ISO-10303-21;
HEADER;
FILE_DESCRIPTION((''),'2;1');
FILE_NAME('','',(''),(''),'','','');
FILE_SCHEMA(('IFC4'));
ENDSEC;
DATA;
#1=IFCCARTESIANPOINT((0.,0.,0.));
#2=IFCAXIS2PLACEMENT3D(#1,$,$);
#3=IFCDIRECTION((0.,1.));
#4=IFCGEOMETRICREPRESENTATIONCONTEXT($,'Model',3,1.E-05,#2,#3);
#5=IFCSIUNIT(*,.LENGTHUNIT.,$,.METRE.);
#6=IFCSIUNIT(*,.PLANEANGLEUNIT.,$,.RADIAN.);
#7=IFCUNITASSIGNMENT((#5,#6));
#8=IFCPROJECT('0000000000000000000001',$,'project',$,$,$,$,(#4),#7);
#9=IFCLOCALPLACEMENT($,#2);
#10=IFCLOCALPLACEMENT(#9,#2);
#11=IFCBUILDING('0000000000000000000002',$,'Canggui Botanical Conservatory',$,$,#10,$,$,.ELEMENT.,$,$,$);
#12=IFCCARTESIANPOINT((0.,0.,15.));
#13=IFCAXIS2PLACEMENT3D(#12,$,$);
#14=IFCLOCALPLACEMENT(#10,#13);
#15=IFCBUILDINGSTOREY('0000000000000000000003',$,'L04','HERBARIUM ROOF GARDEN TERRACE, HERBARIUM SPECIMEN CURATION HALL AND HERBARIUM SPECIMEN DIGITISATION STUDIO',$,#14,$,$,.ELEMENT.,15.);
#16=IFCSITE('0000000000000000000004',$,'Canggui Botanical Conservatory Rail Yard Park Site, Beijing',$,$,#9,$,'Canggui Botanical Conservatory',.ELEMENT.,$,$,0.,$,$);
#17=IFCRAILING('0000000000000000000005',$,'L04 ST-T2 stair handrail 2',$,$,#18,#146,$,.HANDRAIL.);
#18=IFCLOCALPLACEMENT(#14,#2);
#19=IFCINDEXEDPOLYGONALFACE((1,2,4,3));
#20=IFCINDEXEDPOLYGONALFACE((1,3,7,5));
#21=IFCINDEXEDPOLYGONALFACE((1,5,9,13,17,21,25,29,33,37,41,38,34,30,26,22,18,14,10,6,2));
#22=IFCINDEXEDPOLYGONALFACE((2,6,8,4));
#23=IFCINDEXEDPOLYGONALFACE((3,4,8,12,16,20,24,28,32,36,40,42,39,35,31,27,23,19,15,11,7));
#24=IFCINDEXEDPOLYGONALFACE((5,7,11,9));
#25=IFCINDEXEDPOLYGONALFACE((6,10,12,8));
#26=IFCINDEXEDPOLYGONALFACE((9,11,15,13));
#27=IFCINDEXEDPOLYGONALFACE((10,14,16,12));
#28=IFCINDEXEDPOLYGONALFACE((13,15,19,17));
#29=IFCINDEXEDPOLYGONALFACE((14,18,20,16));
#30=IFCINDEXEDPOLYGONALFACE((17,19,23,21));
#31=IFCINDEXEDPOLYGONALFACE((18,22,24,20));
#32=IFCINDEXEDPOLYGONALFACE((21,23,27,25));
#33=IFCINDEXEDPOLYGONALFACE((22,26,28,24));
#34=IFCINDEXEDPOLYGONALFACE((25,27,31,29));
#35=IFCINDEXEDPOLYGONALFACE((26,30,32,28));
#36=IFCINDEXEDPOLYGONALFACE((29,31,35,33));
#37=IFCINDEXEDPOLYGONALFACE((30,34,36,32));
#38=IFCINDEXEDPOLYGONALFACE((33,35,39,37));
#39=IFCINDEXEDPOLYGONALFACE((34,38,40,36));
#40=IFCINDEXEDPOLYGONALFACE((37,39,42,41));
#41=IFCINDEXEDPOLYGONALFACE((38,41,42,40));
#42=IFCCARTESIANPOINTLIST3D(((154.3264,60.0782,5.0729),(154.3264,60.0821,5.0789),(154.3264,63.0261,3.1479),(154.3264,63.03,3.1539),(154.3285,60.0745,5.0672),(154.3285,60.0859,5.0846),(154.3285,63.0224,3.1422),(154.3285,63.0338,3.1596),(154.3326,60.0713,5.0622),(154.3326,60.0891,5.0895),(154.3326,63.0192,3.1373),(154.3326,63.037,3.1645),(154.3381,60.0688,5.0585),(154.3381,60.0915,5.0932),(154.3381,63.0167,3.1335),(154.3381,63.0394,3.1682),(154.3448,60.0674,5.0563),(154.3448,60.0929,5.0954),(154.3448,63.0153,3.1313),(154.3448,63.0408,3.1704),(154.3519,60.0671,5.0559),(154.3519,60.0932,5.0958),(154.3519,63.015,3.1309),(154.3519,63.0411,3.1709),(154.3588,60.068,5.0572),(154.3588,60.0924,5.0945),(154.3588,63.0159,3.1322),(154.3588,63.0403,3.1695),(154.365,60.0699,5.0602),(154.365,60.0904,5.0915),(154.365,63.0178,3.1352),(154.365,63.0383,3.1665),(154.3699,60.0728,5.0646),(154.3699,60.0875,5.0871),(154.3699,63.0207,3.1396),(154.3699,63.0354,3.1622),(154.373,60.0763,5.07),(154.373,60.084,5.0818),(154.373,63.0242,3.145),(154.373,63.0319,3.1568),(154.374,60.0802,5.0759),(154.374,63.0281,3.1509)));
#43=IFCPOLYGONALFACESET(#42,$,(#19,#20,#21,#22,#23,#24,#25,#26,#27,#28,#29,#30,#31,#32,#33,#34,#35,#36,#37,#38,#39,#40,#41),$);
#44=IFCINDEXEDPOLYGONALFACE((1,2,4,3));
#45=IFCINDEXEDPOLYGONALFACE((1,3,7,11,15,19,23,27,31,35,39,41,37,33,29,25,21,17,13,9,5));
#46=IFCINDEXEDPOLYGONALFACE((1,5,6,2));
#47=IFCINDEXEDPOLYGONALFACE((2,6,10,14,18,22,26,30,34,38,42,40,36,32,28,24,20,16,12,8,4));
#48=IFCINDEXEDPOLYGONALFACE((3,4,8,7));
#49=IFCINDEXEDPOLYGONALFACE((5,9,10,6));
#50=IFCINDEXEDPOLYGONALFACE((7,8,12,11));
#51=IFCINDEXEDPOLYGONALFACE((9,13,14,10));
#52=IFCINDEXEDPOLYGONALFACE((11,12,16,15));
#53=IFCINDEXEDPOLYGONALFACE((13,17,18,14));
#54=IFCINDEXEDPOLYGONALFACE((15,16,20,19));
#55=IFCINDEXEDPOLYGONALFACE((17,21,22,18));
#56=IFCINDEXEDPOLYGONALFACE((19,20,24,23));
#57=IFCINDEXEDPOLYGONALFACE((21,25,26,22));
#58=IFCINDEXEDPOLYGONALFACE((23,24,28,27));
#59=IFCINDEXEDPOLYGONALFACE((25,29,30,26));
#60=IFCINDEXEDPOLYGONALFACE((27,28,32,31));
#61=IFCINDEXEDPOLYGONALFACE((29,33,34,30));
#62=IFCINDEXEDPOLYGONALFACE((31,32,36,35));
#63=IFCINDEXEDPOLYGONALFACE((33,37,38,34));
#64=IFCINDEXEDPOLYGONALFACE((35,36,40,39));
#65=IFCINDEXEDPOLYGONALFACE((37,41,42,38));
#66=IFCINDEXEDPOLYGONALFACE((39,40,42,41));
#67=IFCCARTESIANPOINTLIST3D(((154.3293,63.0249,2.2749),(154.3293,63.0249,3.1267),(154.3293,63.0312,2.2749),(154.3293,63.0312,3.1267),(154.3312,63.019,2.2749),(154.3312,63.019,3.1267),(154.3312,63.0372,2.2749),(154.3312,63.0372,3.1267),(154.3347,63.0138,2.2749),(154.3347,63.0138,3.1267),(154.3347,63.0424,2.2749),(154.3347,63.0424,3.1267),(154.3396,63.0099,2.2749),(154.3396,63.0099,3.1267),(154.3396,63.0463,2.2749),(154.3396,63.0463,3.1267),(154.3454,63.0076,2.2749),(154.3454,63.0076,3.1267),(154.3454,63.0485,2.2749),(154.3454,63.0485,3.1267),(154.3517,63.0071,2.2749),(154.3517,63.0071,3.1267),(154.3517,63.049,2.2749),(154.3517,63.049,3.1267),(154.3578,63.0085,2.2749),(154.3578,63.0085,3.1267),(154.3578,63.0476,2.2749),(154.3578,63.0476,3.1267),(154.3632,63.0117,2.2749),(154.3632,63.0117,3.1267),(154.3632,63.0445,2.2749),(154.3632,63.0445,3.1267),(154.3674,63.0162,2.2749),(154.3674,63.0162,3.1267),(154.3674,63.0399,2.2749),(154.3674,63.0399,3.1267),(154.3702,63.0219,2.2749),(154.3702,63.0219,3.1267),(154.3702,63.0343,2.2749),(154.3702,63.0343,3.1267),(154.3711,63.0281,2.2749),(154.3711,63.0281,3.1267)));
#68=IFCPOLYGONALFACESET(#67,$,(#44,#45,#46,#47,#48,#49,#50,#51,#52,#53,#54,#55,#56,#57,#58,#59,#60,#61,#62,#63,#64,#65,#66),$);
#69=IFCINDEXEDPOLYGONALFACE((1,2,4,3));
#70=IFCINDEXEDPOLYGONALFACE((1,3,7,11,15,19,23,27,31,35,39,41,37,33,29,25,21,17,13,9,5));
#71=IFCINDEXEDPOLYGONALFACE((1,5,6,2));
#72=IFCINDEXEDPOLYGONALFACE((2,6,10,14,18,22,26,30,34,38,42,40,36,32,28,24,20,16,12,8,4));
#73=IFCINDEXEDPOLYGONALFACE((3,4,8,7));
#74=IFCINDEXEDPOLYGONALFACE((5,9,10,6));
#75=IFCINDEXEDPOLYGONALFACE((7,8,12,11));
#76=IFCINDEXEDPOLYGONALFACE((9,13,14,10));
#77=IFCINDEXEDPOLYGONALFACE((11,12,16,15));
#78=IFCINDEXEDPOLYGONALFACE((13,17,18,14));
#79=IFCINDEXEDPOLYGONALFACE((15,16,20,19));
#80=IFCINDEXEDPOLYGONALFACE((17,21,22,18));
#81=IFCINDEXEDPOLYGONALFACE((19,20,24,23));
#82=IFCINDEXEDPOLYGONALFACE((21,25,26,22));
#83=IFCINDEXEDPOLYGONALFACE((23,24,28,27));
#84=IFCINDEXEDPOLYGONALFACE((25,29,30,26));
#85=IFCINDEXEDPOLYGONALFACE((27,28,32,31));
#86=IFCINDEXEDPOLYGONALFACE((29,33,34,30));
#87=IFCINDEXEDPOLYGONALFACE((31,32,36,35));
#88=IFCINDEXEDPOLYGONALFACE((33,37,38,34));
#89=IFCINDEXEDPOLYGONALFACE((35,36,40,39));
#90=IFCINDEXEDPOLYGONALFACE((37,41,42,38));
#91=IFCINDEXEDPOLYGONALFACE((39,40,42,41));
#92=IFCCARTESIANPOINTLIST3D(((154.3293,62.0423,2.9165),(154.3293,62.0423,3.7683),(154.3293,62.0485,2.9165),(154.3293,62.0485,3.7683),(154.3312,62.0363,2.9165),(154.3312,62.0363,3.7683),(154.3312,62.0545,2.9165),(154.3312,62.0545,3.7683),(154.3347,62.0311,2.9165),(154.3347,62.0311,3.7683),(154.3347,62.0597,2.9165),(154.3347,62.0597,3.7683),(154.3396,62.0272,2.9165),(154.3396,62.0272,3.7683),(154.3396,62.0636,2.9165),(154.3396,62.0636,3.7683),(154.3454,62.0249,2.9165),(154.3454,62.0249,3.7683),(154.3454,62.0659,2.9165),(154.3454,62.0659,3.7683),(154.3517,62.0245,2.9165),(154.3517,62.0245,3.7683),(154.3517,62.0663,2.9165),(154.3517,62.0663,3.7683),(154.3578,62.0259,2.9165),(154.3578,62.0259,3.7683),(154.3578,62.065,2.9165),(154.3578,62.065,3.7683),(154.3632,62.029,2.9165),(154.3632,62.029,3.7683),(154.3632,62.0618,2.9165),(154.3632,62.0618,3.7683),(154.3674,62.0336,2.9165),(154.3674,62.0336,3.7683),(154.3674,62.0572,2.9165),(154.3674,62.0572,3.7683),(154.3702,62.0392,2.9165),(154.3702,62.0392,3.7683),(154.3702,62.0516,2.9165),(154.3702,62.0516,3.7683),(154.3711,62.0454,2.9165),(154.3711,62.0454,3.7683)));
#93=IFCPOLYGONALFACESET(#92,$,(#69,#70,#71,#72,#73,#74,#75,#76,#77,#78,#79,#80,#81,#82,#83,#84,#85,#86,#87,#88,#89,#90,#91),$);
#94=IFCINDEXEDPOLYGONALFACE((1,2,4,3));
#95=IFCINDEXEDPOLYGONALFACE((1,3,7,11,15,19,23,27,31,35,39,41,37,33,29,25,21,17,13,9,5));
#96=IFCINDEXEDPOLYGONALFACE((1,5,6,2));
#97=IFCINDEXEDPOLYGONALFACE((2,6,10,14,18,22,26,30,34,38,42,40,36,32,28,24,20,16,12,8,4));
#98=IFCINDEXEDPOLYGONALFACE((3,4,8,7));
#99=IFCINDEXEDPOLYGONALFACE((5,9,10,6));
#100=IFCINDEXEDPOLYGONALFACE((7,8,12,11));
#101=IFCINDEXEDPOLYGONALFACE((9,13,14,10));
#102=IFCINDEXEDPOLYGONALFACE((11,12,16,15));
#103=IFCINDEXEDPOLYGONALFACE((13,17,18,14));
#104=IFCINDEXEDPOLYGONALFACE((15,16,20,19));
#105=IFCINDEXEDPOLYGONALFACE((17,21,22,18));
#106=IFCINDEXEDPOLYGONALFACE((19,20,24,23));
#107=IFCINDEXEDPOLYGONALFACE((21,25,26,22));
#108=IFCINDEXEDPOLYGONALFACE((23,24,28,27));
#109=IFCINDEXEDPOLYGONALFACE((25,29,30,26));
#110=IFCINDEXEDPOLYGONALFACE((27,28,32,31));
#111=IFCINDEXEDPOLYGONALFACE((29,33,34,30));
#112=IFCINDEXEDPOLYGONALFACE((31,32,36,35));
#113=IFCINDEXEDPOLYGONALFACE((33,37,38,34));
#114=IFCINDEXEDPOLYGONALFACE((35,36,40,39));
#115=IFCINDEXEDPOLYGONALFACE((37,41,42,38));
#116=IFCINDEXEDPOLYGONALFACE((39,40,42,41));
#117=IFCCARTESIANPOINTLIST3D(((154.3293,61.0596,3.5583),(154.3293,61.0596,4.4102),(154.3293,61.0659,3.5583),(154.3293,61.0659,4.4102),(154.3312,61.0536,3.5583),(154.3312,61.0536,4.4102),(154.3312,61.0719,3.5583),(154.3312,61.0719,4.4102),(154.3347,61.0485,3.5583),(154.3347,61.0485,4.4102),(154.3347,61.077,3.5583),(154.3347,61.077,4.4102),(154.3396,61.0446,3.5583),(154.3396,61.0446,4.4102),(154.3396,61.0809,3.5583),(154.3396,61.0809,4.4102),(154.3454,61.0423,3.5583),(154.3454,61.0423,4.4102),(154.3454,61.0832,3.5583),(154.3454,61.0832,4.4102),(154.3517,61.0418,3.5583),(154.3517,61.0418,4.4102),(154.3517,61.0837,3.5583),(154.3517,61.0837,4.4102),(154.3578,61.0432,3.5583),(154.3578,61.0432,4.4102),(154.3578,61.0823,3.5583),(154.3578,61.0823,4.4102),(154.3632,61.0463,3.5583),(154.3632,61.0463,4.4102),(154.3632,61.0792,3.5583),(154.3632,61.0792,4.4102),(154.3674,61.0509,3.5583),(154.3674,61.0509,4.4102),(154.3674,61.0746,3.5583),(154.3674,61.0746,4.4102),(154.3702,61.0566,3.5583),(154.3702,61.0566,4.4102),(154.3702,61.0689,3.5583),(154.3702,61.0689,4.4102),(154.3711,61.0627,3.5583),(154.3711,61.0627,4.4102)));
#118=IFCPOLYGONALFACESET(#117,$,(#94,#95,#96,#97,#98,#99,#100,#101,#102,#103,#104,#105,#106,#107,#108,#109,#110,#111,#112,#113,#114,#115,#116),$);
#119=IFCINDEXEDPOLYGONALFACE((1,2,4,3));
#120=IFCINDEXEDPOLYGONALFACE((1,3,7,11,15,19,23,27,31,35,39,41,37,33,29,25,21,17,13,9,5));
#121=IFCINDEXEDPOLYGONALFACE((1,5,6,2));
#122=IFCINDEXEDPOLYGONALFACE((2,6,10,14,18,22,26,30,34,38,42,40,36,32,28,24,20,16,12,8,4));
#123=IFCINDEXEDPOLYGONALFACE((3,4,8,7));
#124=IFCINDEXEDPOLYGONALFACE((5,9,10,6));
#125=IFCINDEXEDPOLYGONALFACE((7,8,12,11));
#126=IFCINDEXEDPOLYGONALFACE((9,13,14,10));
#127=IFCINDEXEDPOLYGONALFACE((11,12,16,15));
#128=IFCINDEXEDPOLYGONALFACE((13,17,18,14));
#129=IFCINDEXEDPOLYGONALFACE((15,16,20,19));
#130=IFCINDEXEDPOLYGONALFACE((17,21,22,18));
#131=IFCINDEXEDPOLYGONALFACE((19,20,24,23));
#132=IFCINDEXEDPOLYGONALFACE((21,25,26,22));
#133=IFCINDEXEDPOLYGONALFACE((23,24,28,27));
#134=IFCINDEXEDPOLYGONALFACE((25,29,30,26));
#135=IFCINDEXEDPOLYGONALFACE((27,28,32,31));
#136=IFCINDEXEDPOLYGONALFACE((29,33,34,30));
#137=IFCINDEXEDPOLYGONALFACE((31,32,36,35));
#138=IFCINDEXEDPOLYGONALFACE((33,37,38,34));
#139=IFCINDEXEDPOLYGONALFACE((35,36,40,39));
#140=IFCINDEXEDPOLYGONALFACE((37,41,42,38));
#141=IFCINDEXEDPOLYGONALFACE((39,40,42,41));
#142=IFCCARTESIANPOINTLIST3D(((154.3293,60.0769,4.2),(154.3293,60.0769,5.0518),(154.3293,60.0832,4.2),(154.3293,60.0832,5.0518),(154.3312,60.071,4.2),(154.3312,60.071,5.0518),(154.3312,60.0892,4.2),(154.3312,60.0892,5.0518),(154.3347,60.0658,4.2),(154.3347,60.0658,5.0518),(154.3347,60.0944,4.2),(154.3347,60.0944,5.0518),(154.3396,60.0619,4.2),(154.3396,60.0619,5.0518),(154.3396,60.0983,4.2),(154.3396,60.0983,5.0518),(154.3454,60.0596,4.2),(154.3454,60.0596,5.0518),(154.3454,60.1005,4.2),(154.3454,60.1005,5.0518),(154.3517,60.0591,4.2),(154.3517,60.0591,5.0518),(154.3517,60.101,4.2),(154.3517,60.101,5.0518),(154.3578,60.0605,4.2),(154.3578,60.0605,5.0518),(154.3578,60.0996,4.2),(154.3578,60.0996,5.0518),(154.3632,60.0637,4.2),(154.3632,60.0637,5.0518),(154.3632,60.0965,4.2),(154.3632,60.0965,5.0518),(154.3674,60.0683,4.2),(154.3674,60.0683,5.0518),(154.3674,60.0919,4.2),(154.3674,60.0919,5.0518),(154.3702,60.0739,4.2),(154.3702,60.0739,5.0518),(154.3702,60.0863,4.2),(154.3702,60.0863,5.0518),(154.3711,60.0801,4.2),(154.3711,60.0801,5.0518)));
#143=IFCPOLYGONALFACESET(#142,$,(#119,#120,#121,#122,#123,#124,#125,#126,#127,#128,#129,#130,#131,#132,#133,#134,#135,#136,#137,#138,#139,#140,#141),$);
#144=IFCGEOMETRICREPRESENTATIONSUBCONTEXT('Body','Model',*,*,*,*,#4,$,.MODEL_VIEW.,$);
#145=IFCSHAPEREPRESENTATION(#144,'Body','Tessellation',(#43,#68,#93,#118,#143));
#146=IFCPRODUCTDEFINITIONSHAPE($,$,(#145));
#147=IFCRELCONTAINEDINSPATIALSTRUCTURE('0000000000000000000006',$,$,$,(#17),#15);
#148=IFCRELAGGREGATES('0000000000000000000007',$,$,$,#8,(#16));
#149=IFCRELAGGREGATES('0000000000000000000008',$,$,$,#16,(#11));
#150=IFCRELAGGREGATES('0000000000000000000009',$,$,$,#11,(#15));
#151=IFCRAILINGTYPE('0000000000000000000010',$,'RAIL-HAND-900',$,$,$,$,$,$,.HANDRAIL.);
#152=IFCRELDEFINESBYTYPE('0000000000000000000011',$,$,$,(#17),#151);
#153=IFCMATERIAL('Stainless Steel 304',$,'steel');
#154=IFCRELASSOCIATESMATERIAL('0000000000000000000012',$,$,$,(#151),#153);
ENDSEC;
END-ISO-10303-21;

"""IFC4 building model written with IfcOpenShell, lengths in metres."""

from ifc_helpers import new_model, si_unit, direction, frame, origin, origin_2d, place, context, subcontext, project, spatial, circle, extrude, material, type_object, element, save


model = new_model("IFC4")

# Units and contexts
model_context = context("Model", 3, precision=1e-05, world=origin(), true_north=direction((0.0, 1.0)))
body_context = subcontext(model_context, "Body", "Model", "MODEL_VIEW")
ifc_project = project(units=[si_unit("LENGTHUNIT", "METRE"), si_unit("PLANEANGLEUNIT", "RADIAN")], contexts=[model_context])

# Site, building, storey
site_placement = place(None, origin())
site = spatial("IfcSite", under=ifc_project, at=site_placement, Name="Canggui Botanical Conservatory Rail Yard Park Site, Beijing", LongName="Canggui Botanical Conservatory", CompositionType="ELEMENT", RefElevation=0.0)
building_placement = place(site_placement, origin())
building = spatial("IfcBuilding", under=site, at=building_placement, Name="Canggui Botanical Conservatory", CompositionType="ELEMENT")
storey_placement = place(building_placement, frame((0.0, 0.0, 15.0)))
storey = spatial("IfcBuildingStorey", under=building, at=storey_placement, Name="L04", Description="HERBARIUM ROOF GARDEN TERRACE, HERBARIUM SPECIMEN CURATION HALL AND HERBARIUM SPECIMEN DIGITISATION STUDIO", CompositionType="ELEMENT", Elevation=15.0)

# Railing
ifc_material_1 = material(Name="Stainless Steel 304", Category="steel")
railing_type_1 = type_object("IfcRailingType", Name="RAIL-HAND-900", PredefinedType="HANDRAIL", material=ifc_material_1)
railing_1_placement = place(storey_placement, frame((154.3501, 63.0281, 2.2749)))
element("IfcRailing", 1, at=railing_1_placement, inside=storey, type_object=railing_type_1, Name="L04 ST-T2 stair handrail 2", PredefinedType="HANDRAIL", context=body_context, shape_type="SweptSolid", body=[
    extrude(circle(Radius=0.0239, at=origin_2d()), frame((0.0, 0.0, 0.876), z_axis=(0.0, -0.837293, 0.546754), x_axis=(1.0, 0.0, 0.0)), (0.0, 0.0, 1.0), 3.5208),
    extrude(circle(Radius=0.021, at=origin_2d()), origin(), (0.0, 0.0, 1.0), 0.8518),
    extrude(circle(Radius=0.021, at=origin_2d()), frame((0.0, -0.9827, 0.6416)), (0.0, 0.0, 1.0), 0.8518),
    extrude(circle(Radius=0.021, at=origin_2d()), frame((0.0, -1.9653, 1.2834)), (0.0, 0.0, 1.0), 0.8518),
    extrude(circle(Radius=0.021, at=origin_2d()), frame((0.0, -2.948, 1.925)), (0.0, 0.0, 1.0), 0.8518),
])

save(model, "model.ifc")
